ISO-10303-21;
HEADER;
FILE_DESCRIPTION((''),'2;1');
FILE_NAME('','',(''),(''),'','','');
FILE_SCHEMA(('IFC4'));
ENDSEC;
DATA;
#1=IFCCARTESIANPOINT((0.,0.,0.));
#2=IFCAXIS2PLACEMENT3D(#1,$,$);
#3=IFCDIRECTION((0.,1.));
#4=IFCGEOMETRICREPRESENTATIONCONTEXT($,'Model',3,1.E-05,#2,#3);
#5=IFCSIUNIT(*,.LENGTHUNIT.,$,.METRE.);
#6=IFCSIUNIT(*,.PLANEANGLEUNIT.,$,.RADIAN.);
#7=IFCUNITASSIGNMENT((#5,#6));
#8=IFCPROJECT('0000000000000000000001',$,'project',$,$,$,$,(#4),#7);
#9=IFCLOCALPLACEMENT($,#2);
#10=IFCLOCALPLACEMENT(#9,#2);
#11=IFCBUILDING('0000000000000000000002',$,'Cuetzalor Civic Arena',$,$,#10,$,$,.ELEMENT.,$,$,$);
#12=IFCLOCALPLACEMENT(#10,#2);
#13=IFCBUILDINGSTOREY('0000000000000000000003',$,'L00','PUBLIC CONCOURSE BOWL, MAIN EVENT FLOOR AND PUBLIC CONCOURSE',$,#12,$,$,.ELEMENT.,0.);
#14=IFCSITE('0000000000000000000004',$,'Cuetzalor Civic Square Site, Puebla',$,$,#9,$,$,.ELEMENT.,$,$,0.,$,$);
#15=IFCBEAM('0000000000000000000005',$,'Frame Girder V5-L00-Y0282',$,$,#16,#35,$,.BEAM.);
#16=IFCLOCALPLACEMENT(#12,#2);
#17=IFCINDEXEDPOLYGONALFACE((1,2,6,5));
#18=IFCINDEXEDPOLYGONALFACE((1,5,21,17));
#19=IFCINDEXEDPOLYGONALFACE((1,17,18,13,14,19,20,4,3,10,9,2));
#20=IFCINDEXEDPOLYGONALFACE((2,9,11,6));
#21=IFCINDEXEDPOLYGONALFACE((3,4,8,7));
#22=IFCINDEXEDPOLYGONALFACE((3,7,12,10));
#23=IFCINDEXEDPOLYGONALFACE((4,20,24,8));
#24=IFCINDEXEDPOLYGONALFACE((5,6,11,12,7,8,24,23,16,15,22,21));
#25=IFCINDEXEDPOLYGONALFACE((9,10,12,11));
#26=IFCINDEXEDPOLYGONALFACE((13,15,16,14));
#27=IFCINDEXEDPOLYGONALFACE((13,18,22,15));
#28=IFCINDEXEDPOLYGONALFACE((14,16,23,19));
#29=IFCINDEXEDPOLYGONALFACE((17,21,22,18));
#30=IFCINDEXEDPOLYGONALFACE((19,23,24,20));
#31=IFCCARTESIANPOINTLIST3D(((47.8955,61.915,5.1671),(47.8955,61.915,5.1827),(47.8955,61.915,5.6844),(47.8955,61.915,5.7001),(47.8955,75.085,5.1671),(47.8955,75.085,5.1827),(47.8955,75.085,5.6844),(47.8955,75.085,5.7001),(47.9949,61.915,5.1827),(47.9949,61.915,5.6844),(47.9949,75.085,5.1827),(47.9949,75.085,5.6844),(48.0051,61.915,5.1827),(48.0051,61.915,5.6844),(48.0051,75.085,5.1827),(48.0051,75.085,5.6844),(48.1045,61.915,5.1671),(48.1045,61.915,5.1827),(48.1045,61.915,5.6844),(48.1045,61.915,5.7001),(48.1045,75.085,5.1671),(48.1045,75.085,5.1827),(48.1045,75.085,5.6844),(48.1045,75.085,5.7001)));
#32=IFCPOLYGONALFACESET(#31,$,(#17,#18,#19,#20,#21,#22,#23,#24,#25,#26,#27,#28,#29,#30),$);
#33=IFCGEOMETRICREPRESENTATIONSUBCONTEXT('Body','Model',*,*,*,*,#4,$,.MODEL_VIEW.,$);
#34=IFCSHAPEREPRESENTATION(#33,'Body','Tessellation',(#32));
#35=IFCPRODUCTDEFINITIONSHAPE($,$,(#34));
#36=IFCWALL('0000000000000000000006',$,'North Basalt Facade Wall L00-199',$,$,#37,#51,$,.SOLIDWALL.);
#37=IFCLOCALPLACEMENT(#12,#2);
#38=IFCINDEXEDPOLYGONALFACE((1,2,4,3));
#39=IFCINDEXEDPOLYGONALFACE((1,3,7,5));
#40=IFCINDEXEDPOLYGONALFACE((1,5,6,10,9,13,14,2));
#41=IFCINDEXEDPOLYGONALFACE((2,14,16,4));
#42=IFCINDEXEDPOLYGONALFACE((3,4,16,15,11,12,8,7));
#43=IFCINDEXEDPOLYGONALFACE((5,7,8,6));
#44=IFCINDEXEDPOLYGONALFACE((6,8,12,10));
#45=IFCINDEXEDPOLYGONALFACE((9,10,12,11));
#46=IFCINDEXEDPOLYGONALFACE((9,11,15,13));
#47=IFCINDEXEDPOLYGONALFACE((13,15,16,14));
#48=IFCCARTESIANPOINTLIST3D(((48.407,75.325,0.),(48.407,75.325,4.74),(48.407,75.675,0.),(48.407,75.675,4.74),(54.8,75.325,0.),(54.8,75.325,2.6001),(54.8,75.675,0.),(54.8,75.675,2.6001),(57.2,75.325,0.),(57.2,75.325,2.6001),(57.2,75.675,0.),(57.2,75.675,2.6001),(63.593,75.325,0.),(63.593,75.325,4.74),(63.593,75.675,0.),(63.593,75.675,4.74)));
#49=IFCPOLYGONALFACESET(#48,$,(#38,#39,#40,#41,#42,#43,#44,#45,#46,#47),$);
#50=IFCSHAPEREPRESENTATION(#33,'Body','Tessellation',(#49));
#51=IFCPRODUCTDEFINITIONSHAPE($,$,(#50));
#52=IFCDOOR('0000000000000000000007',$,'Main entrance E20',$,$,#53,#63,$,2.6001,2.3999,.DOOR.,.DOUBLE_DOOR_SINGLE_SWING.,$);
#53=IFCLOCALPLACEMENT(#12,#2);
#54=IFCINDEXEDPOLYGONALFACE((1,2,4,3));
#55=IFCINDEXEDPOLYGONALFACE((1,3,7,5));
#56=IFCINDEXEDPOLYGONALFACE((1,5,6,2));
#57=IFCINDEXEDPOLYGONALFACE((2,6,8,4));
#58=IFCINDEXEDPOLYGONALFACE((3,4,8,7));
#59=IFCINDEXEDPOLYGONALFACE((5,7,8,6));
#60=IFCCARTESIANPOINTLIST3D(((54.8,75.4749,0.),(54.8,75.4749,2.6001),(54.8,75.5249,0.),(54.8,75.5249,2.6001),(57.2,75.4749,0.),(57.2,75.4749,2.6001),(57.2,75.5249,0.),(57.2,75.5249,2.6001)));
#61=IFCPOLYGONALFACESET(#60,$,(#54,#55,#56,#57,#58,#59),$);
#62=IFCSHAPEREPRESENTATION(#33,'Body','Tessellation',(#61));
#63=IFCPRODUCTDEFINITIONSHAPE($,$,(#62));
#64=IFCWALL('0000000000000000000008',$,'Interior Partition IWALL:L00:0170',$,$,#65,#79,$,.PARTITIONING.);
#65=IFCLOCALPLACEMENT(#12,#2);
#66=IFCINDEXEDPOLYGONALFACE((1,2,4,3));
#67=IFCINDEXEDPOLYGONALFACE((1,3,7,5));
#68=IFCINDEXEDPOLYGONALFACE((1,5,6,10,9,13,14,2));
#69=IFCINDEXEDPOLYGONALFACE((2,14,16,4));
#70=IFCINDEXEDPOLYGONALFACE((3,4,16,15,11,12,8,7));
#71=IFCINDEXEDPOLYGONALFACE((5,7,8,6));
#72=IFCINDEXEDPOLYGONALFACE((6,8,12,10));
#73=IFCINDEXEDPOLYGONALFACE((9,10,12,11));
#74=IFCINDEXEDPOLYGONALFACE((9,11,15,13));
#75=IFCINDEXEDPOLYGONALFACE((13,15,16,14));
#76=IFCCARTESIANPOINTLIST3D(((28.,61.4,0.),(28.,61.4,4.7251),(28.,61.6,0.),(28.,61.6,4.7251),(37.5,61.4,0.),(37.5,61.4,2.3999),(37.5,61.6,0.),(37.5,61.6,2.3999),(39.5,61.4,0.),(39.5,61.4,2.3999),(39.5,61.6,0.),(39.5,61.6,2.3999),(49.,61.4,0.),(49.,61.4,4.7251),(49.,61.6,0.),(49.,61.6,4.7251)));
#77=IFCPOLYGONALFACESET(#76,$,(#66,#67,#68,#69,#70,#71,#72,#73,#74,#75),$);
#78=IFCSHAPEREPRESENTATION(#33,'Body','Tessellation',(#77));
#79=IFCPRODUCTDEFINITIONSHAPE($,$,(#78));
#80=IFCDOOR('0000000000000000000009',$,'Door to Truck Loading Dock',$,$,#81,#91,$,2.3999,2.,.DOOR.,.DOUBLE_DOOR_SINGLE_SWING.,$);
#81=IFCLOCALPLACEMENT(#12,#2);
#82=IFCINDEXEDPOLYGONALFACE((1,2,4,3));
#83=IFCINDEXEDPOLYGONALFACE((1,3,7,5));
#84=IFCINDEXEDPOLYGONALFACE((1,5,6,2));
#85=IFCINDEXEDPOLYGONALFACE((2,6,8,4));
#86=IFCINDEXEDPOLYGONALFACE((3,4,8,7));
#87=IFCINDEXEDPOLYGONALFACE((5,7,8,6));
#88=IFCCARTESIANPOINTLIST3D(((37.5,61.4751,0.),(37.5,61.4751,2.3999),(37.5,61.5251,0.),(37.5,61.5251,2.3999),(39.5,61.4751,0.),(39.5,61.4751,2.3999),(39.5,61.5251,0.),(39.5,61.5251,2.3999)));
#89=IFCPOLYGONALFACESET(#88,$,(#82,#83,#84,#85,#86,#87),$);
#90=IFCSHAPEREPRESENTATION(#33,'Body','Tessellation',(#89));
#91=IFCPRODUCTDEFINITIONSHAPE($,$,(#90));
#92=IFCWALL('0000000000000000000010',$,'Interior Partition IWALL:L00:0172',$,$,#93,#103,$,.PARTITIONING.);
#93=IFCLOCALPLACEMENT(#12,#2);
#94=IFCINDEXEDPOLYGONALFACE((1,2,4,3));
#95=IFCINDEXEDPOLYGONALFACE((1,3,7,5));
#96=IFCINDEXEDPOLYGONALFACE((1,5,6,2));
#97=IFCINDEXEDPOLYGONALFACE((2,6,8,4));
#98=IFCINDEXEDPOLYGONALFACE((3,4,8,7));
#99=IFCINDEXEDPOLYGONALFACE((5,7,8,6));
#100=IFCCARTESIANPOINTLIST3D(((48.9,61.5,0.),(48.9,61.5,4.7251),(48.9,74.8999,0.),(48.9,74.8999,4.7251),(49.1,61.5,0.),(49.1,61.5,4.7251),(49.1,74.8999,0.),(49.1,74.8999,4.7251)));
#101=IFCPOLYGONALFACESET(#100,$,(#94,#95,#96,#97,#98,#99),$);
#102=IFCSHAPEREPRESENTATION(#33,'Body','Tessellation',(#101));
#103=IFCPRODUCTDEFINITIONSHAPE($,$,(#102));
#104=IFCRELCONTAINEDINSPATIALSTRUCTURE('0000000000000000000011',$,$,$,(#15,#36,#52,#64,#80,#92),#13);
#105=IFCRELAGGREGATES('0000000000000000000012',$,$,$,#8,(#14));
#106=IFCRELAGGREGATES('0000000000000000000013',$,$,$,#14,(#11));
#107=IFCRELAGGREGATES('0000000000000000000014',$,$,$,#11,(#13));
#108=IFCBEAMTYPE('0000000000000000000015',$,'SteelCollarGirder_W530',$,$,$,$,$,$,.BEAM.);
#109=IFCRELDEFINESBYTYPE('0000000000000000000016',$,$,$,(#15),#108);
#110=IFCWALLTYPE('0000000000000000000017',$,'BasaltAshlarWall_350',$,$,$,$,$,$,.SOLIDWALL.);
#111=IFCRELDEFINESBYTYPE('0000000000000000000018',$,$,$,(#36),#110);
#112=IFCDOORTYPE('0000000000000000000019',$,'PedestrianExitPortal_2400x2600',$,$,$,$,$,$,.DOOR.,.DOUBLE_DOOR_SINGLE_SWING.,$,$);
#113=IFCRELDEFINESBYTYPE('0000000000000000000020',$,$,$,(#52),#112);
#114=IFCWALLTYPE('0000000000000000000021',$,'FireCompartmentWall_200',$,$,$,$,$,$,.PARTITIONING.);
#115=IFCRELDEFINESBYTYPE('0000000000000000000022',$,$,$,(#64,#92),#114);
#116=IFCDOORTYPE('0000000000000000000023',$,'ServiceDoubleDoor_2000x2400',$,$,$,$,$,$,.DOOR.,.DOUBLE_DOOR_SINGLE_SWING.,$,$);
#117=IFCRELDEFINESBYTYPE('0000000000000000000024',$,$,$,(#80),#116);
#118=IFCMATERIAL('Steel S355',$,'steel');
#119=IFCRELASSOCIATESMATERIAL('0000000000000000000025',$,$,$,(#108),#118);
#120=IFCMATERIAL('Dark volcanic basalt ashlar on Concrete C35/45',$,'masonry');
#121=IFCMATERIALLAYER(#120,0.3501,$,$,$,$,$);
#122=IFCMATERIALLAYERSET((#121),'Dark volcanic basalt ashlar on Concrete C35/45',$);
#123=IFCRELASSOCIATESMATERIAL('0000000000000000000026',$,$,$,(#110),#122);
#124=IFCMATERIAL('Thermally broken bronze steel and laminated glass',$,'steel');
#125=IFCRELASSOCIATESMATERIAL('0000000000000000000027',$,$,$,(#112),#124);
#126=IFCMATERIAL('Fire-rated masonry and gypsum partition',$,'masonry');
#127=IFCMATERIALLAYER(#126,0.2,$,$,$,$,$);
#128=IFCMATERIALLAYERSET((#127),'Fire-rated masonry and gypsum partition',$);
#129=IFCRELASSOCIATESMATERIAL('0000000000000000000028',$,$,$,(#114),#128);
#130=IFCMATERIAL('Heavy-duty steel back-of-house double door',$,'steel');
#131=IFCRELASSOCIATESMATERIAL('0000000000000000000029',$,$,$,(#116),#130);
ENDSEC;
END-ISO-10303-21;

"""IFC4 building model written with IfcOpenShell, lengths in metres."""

from ifc_helpers import new_model, si_unit, direction, frame, frame_2d, origin, origin_2d, place, context, subcontext, project, spatial, rectangle, i_section, extrude, material, layer, layer_set, material_profile, profile_set, type_object, element, fill, save


model = new_model("IFC4")

# Units and contexts
model_context = context("Model", 3, precision=1e-05, world=origin(), true_north=direction((0.0, 1.0)))
body_context = subcontext(model_context, "Body", "Model", "MODEL_VIEW")
ifc_project = project(units=[si_unit("LENGTHUNIT", "METRE"), si_unit("PLANEANGLEUNIT", "RADIAN")], contexts=[model_context])

# Site, building, storey
site_placement = place(None, origin())
site = spatial("IfcSite", under=ifc_project, at=site_placement, Name="Cuetzalor Civic Square Site, Puebla", CompositionType="ELEMENT", RefElevation=0.0)
building_placement = place(site_placement, origin())
building = spatial("IfcBuilding", under=site, at=building_placement, Name="Cuetzalor Civic Arena", CompositionType="ELEMENT")
storey_placement = place(building_placement, origin())
storey = spatial("IfcBuildingStorey", under=building, at=storey_placement, Name="L00", Description="PUBLIC CONCOURSE BOWL, MAIN EVENT FLOOR AND PUBLIC CONCOURSE", CompositionType="ELEMENT", Elevation=0.0)

# Beam
ifc_material_1 = material(Name="Steel S355", Category="steel")
ifc_material_profile_1 = material_profile(ifc_material_1, i_section(OverallWidth=0.209, OverallDepth=0.533, WebThickness=0.0103, FlangeThickness=0.0156, at=origin_2d()), Name="W530x92")
ifc_profile_set_1 = profile_set([ifc_material_profile_1], Name="Steel S355")
beam_type_1 = type_object("IfcBeamType", Name="SteelCollarGirder_W530", PredefinedType="BEAM", material=ifc_profile_set_1)
beam_placement = place(storey_placement, frame((48.0, 61.915, 5.4336), z_axis=(0.0, 1.0, 0.0), x_axis=(-1.0, 0.0, 0.0)))
element("IfcBeam", 1, at=beam_placement, inside=storey, type_object=beam_type_1, Name="Frame Girder V5-L00-Y0282", PredefinedType="BEAM", context=body_context, shape_type="SweptSolid", body=[
    extrude(i_section(OverallWidth=0.209, OverallDepth=0.533, WebThickness=0.0103, FlangeThickness=0.0156, at=origin_2d()), origin(), (0.0, 0.0, 1.0), 13.1699),
])

# Walls, openings, doors
ifc_material_2 = material(Name="Dark volcanic basalt ashlar on Concrete C35/45", Category="masonry")
ifc_layer_1 = layer(ifc_material_2, 0.3501)
ifc_layer_set_1 = layer_set([ifc_layer_1], Name="Dark volcanic basalt ashlar on Concrete C35/45")
wall_type_1 = type_object("IfcWallType", Name="BasaltAshlarWall_350", PredefinedType="SOLIDWALL", material=ifc_layer_set_1)
wall_1_placement = place(storey_placement, frame((48.407, 75.5, 0.0), z_axis=(0.0, 0.0, 1.0), x_axis=(1.0, 0.0, 0.0)))
wall_1 = element("IfcWall", 2, at=wall_1_placement, inside=storey, type_object=wall_type_1, Name="North Basalt Facade Wall L00-199", PredefinedType="SOLIDWALL", context=body_context, shape_type="SweptSolid", body=[
    extrude(rectangle(XDim=15.186, YDim=0.3501, at=frame_2d((7.593, 0.0))), origin(), (0.0, 0.0, 1.0), 4.74),
])
opening_1_placement = place(wall_1_placement, frame((6.3931, 0.0, 0.0)))
opening_1 = element("IfcOpeningElement", 3, at=opening_1_placement, cuts=wall_1, PredefinedType="OPENING", context=body_context, shape_type="SweptSolid", body=[
    extrude(rectangle(XDim=2.3999, YDim=2.6001, at=frame_2d((1.2, 1.3))), frame((0.0, 0.1851, 0.0), z_axis=(0.0, -1.0, 0.0), x_axis=(1.0, 0.0, 0.0)), (0.0, 0.0, 1.0), 0.3701),
])
ifc_material_3 = material(Name="Thermally broken bronze steel and laminated glass", Category="steel")
door_type_1 = type_object("IfcDoorType", Name="PedestrianExitPortal_2400x2600", OperationType="DOUBLE_DOOR_SINGLE_SWING", PredefinedType="DOOR", material=ifc_material_3)
door_1_placement = place(opening_1_placement, origin())
door_1 = element("IfcDoor", 4, at=door_1_placement, inside=storey, type_object=door_type_1, Name="Main entrance E20", OperationType="DOUBLE_DOOR_SINGLE_SWING", OverallHeight=2.6001, OverallWidth=2.3999, PredefinedType="DOOR", context=body_context, shape_type="SweptSolid", body=[
    extrude(rectangle(XDim=2.3999, YDim=2.6001, at=frame_2d((1.2, 1.3))), frame((0.0, 0.0249, 0.0), z_axis=(0.0, -1.0, 0.0), x_axis=(1.0, 0.0, 0.0)), (0.0, 0.0, 1.0), 0.05),
])
fill(opening_1, door_1)
ifc_material_4 = material(Name="Fire-rated masonry and gypsum partition", Category="masonry")
ifc_layer_2 = layer(ifc_material_4, 0.2)
ifc_layer_set_2 = layer_set([ifc_layer_2], Name="Fire-rated masonry and gypsum partition")
wall_type_2 = type_object("IfcWallType", Name="FireCompartmentWall_200", PredefinedType="PARTITIONING", material=ifc_layer_set_2)
wall_2_placement = place(storey_placement, frame((49.0, 61.5, 0.0), z_axis=(0.0, 0.0, 1.0), x_axis=(-1.0, 0.0, 0.0)))
wall_2 = element("IfcWall", 5, at=wall_2_placement, inside=storey, type_object=wall_type_2, Name="Interior Partition IWALL:L00:0170", PredefinedType="PARTITIONING", context=body_context, shape_type="SweptSolid", body=[
    extrude(rectangle(XDim=21.0, YDim=0.2, at=frame_2d((10.5, 0.0))), origin(), (0.0, 0.0, 1.0), 4.7251),
])
opening_2_placement = place(wall_2_placement, frame((9.5, 0.0, 0.0)))
opening_2 = element("IfcOpeningElement", 6, at=opening_2_placement, cuts=wall_2, PredefinedType="OPENING", context=body_context, shape_type="SweptSolid", body=[
    extrude(rectangle(XDim=2.0, YDim=2.3999, at=frame_2d((1.0, 1.2))), frame((0.0, 0.1099, 0.0), z_axis=(0.0, -1.0, 0.0), x_axis=(1.0, 0.0, 0.0)), (0.0, 0.0, 1.0), 0.22),
])
ifc_material_5 = material(Name="Heavy-duty steel back-of-house double door", Category="steel")
door_type_2 = type_object("IfcDoorType", Name="ServiceDoubleDoor_2000x2400", OperationType="DOUBLE_DOOR_SINGLE_SWING", PredefinedType="DOOR", material=ifc_material_5)
door_2_placement = place(opening_2_placement, origin())
door_2 = element("IfcDoor", 7, at=door_2_placement, inside=storey, type_object=door_type_2, Name="Door to Truck Loading Dock", OperationType="DOUBLE_DOOR_SINGLE_SWING", OverallHeight=2.3999, OverallWidth=2.0, PredefinedType="DOOR", context=body_context, shape_type="SweptSolid", body=[
    extrude(rectangle(XDim=2.0, YDim=2.3999, at=frame_2d((1.0, 1.2))), frame((0.0, 0.0249, 0.0), z_axis=(0.0, -1.0, 0.0), x_axis=(1.0, 0.0, 0.0)), (0.0, 0.0, 1.0), 0.05),
])
fill(opening_2, door_2)

# Wall
wall_3_placement = place(storey_placement, frame((49.0, 74.8999, 0.0), z_axis=(0.0, 0.0, 1.0), x_axis=(0.0, -1.0, 0.0)))
element("IfcWall", 8, at=wall_3_placement, inside=storey, type_object=wall_type_2, Name="Interior Partition IWALL:L00:0172", PredefinedType="PARTITIONING", context=body_context, shape_type="SweptSolid", body=[
    extrude(rectangle(XDim=13.3999, YDim=0.2, at=frame_2d((6.7, 0.0))), origin(), (0.0, 0.0, 1.0), 4.7251),
])

save(model, "model.ifc")
